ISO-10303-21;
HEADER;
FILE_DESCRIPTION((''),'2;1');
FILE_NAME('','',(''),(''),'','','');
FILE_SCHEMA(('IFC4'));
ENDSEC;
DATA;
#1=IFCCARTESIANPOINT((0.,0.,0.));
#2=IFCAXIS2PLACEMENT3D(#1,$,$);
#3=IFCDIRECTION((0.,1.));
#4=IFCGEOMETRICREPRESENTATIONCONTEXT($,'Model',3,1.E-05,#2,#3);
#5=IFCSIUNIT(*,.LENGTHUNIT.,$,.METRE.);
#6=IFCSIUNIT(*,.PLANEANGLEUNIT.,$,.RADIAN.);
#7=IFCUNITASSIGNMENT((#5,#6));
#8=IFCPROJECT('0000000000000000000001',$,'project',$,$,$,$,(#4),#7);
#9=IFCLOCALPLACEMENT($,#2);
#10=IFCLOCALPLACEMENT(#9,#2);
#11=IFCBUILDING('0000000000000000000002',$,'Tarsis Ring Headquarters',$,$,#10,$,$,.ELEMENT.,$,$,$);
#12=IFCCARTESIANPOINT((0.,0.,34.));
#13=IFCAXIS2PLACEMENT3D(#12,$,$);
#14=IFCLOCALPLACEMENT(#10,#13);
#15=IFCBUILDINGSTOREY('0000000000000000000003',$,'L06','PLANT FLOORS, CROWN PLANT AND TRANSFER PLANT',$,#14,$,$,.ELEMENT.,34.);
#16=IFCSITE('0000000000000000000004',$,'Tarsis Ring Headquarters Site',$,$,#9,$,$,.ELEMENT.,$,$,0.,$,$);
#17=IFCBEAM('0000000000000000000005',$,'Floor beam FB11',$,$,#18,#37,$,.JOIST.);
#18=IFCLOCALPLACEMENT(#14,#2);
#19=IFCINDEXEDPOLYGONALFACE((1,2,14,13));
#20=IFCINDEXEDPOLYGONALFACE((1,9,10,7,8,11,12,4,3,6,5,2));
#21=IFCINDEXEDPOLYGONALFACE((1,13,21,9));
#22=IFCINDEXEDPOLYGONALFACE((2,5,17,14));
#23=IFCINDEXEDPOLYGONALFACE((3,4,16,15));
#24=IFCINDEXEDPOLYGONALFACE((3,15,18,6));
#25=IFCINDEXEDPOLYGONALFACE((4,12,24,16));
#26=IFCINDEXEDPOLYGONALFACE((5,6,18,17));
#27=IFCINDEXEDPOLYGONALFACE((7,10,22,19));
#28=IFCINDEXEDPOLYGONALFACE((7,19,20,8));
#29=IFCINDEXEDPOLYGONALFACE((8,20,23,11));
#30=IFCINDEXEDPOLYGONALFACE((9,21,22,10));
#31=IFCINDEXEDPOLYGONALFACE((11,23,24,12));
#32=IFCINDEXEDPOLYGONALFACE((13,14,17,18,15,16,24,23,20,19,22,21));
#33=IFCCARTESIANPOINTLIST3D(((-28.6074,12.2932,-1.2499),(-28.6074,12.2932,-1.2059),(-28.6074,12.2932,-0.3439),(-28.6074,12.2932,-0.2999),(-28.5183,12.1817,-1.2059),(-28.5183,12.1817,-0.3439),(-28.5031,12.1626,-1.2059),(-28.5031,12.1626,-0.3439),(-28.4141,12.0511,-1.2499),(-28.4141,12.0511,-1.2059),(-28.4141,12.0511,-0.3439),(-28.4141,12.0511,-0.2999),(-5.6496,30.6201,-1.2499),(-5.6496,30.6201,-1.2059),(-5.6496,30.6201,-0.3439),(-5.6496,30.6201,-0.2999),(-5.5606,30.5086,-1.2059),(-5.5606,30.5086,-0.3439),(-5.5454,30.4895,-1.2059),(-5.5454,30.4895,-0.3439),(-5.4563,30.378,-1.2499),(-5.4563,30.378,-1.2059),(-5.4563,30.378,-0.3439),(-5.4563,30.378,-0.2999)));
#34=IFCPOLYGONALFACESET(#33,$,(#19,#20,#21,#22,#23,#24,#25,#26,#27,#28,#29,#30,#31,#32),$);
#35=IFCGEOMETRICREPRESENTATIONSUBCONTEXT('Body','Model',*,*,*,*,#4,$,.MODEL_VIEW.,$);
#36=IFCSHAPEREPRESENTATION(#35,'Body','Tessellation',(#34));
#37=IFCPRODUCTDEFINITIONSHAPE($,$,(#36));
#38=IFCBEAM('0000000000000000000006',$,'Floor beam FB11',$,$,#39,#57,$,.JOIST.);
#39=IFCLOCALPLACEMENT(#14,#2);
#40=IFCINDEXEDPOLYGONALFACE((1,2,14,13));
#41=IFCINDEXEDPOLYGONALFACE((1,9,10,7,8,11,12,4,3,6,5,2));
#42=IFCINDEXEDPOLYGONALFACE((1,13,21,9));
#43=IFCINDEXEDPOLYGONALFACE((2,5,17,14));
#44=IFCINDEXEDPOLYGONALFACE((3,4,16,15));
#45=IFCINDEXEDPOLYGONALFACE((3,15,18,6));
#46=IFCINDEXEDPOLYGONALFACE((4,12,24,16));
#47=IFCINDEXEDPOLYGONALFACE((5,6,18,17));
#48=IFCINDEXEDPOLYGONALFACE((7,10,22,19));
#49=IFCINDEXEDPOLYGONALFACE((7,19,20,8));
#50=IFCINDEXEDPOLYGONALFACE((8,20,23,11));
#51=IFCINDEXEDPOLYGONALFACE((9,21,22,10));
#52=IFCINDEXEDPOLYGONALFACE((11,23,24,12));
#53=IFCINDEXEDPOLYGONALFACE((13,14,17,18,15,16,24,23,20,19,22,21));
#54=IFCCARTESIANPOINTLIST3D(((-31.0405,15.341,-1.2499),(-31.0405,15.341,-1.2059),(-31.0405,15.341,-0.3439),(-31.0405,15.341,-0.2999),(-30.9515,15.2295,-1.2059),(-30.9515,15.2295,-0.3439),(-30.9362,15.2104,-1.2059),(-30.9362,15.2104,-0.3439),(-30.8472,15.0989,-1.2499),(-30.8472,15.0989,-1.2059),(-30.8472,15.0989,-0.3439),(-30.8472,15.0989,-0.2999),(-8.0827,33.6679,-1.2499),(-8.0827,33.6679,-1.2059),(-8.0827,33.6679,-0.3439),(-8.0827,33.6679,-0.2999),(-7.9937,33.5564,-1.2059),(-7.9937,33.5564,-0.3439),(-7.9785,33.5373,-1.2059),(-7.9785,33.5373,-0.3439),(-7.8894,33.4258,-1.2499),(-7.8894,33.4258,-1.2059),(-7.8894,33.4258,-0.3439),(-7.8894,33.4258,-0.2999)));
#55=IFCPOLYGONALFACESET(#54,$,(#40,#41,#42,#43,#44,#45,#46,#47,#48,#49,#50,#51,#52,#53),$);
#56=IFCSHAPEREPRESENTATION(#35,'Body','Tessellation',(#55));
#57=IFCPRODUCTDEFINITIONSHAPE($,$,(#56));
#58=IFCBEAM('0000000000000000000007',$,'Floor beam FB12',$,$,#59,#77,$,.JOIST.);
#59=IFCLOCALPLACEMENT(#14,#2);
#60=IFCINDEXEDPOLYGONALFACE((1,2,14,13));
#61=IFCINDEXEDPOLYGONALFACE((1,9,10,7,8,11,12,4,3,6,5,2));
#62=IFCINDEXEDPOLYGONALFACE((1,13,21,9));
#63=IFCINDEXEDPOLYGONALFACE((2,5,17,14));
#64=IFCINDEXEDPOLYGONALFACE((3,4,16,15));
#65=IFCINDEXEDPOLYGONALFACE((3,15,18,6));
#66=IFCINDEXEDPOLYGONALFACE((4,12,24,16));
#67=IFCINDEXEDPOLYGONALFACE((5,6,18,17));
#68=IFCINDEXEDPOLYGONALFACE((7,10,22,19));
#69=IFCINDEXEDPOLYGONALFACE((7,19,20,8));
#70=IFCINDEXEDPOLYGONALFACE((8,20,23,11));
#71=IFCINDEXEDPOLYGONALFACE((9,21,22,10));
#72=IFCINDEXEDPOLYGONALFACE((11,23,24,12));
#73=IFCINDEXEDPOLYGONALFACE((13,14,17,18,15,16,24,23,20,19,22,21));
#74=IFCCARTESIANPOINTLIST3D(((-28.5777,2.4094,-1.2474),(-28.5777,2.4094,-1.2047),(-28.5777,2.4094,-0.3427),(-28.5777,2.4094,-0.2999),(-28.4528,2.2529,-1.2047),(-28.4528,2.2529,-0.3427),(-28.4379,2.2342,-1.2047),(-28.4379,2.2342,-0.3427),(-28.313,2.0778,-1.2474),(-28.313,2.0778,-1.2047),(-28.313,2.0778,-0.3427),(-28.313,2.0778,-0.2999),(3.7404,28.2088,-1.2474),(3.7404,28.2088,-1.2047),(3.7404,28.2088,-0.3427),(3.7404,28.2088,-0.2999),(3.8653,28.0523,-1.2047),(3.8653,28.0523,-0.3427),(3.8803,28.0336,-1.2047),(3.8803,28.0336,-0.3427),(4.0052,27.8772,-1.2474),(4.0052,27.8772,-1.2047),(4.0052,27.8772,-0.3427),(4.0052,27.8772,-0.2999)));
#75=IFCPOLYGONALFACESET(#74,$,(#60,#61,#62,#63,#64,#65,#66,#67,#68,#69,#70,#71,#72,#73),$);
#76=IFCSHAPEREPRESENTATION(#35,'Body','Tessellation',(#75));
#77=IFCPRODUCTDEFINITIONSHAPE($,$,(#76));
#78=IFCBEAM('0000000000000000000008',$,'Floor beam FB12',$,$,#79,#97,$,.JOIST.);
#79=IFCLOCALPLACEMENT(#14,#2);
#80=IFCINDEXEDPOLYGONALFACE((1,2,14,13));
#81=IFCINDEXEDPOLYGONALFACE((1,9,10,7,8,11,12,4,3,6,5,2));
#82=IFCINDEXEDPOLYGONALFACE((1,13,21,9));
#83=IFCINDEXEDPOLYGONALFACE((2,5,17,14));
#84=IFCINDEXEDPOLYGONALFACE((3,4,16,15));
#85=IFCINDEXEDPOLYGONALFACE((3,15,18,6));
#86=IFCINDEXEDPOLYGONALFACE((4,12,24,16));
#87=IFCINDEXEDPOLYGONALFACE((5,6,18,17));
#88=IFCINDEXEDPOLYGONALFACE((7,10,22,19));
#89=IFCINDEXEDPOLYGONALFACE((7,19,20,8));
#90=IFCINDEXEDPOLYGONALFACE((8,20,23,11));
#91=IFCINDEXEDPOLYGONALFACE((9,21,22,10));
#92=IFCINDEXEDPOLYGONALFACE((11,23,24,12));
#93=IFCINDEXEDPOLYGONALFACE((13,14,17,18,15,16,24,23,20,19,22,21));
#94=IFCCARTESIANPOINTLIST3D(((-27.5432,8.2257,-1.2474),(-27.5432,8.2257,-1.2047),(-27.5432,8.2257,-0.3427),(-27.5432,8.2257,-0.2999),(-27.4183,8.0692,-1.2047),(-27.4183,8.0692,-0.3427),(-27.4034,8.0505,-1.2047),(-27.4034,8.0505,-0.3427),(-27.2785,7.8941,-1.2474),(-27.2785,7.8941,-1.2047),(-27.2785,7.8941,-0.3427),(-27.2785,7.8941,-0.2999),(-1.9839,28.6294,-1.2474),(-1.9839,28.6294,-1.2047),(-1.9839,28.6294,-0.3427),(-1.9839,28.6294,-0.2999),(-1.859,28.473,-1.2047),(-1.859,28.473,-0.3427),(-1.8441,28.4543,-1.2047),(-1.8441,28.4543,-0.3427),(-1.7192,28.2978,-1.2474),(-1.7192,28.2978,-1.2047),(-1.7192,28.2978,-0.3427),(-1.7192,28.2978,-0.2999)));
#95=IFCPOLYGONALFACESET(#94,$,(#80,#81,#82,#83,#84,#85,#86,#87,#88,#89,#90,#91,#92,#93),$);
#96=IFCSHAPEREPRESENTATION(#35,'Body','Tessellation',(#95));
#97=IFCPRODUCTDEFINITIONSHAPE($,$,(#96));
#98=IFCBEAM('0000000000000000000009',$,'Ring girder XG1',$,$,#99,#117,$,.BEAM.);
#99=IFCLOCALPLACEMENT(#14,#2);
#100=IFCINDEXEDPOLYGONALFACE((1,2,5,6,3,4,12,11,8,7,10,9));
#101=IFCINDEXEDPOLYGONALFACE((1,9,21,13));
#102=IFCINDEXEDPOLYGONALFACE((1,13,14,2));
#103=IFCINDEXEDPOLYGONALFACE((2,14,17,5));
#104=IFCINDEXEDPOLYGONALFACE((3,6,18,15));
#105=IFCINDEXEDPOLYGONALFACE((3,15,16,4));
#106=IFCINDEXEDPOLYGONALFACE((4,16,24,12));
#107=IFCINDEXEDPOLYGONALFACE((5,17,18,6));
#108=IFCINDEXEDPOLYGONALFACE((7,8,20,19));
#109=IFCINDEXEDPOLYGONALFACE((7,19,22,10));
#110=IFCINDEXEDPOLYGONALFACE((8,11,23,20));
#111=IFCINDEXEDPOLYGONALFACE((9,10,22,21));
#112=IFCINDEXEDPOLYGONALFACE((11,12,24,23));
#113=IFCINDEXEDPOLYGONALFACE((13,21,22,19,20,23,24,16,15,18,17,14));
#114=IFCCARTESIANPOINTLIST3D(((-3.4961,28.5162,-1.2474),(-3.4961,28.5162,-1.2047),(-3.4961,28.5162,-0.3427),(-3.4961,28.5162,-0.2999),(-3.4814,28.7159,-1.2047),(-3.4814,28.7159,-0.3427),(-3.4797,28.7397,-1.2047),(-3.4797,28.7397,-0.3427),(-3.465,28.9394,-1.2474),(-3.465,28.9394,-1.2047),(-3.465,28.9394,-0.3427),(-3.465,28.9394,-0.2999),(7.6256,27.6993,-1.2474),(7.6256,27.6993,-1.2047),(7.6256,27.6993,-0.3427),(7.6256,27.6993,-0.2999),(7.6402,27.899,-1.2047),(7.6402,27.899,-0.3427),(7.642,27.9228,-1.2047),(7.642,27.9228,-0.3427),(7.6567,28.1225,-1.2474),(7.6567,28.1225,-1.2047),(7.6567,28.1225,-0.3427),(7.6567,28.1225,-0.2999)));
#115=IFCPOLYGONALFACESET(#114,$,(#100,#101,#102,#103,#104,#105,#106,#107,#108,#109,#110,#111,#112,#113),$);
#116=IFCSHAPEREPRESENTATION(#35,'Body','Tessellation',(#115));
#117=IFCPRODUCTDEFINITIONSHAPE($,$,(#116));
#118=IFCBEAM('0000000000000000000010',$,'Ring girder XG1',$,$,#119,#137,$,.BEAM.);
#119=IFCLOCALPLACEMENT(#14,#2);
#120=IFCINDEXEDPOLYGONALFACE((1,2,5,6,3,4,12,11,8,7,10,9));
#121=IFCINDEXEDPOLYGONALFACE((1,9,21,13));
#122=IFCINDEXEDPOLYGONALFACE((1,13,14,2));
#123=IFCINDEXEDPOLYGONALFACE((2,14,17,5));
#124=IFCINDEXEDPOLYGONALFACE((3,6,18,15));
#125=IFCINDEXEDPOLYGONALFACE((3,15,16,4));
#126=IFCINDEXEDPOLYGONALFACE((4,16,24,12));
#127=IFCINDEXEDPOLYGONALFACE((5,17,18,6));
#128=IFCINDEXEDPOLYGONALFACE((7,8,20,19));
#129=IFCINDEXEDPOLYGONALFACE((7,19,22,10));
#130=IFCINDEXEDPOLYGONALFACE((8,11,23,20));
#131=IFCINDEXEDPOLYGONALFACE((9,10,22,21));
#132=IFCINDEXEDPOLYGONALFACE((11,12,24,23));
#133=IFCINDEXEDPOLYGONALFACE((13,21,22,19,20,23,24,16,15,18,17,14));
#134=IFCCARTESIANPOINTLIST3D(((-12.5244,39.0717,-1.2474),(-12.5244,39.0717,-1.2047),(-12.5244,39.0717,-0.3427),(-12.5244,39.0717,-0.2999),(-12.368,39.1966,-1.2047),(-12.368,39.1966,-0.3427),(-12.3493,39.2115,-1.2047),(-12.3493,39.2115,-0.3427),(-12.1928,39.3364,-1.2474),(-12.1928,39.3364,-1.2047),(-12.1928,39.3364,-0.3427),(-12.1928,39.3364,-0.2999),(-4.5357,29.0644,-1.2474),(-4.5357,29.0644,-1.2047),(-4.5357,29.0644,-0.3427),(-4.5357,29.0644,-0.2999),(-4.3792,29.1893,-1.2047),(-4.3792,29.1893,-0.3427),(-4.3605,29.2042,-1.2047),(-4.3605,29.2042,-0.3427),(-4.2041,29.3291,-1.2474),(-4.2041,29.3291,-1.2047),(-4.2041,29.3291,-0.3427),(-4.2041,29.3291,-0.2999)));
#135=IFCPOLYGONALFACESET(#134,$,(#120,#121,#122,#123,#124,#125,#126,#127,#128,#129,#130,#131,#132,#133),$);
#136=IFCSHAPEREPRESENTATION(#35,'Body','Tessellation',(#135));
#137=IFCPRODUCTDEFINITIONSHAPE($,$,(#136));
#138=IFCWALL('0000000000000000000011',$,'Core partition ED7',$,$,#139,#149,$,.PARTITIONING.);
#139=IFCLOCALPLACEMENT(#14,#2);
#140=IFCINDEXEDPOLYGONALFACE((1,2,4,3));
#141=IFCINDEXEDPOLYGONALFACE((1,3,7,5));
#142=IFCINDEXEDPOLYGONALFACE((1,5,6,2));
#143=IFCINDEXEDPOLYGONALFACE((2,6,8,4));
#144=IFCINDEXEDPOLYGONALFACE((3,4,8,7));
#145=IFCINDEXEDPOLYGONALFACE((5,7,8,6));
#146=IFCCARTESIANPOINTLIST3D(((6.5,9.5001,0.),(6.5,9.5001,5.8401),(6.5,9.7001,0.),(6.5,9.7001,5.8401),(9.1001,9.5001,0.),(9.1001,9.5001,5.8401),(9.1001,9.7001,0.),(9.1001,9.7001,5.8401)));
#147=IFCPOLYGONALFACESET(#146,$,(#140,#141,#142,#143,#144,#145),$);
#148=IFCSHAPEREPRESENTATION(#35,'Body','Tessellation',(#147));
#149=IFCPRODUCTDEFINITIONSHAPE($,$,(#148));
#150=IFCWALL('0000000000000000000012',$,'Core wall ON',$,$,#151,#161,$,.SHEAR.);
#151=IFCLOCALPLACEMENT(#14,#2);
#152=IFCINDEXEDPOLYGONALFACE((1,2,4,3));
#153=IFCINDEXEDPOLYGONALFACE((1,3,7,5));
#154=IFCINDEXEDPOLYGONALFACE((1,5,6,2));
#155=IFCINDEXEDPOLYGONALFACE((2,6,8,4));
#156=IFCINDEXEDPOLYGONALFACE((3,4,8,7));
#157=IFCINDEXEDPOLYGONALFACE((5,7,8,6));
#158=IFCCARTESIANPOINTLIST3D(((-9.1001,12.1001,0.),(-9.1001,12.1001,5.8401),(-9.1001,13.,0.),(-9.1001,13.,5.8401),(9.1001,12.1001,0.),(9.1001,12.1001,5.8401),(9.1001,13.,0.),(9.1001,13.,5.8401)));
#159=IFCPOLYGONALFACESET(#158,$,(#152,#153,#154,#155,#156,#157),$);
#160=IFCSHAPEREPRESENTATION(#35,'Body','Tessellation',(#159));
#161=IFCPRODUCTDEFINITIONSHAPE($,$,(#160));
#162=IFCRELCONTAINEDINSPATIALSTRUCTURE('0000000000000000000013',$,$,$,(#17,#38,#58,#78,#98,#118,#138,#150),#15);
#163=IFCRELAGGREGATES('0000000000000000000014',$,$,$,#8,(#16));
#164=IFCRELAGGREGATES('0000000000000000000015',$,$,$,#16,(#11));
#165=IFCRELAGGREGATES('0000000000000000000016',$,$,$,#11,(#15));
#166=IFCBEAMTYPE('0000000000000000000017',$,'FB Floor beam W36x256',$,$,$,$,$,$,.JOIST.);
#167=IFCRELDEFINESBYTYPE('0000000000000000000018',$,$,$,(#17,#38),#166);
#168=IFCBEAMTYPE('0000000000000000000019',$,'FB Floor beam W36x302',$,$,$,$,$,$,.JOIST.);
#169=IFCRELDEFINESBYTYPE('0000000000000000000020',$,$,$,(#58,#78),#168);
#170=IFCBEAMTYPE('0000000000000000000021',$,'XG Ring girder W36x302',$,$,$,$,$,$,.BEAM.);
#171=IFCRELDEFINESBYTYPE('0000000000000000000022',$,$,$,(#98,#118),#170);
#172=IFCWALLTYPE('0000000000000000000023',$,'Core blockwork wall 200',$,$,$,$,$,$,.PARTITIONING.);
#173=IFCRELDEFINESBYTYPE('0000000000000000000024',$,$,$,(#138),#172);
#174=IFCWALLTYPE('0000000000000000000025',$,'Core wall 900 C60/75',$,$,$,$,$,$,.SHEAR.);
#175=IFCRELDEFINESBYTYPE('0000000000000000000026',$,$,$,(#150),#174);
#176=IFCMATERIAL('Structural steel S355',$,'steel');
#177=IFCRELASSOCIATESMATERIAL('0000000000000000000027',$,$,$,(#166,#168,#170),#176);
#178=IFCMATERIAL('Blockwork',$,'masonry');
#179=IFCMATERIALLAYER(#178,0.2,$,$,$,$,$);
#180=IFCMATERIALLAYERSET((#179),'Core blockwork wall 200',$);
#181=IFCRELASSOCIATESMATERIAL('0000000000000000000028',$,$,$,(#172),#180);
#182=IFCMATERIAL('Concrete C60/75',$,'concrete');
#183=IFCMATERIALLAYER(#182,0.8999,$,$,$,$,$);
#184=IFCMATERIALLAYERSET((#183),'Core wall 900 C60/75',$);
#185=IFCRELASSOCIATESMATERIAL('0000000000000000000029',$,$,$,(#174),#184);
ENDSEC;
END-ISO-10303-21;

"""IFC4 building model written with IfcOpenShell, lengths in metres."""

from ifc_helpers import new_model, si_unit, direction, frame, frame_2d, origin, origin_2d, place, context, subcontext, project, spatial, rectangle, i_section, extrude, material, layer, layer_set, material_profile, profile_set, type_object, element, save


model = new_model("IFC4")

# Units and contexts
model_context = context("Model", 3, precision=1e-05, world=origin(), true_north=direction((0.0, 1.0)))
body_context = subcontext(model_context, "Body", "Model", "MODEL_VIEW")
ifc_project = project(units=[si_unit("LENGTHUNIT", "METRE"), si_unit("PLANEANGLEUNIT", "RADIAN")], contexts=[model_context])

# Site, building, storey
site_placement = place(None, origin())
site = spatial("IfcSite", under=ifc_project, at=site_placement, Name="Tarsis Ring Headquarters Site", CompositionType="ELEMENT", RefElevation=0.0)
building_placement = place(site_placement, origin())
building = spatial("IfcBuilding", under=site, at=building_placement, Name="Tarsis Ring Headquarters", CompositionType="ELEMENT")
storey_placement = place(building_placement, frame((0.0, 0.0, 34.0)))
storey = spatial("IfcBuildingStorey", under=building, at=storey_placement, Name="L06", Description="PLANT FLOORS, CROWN PLANT AND TRANSFER PLANT", CompositionType="ELEMENT", Elevation=34.0)

# Beams
ifc_material_1 = material(Name="Structural steel S355", Category="steel")
ifc_material_profile_1 = material_profile(ifc_material_1, i_section(OverallWidth=0.3098, OverallDepth=0.95, WebThickness=0.0244, FlangeThickness=0.0439, at=origin_2d()), Name="W36x256")
ifc_profile_set_1 = profile_set([ifc_material_profile_1], Name="Structural steel S355")
beam_type_1 = type_object("IfcBeamType", Name="FB Floor beam W36x256", PredefinedType="JOIST", material=ifc_profile_set_1)
for number, where, z_axis, x_axis, name in (
    (1, (-5.553, 30.499, -0.7749), (-0.781521, -0.623879, 0.0), (0.623879, -0.781521, 0.0), "Floor beam FB11"),
    (2, (-7.9861, 33.5469, -0.7749), (-0.781521, -0.623879, 0.0), (0.623879, -0.781521, 0.0), "Floor beam FB11"),
):
    element("IfcBeam", number, at=place(storey_placement, frame(where, z_axis=z_axis, x_axis=x_axis)), inside=storey, type_object=beam_type_1, Name=name, PredefinedType="JOIST", context=body_context, shape_type="SweptSolid", body=[
        extrude(i_section(OverallWidth=0.3098, OverallDepth=0.95, WebThickness=0.0244, FlangeThickness=0.0439, at=origin_2d()), origin(), (0.0, 0.0, 1.0), 29.3757),
    ])
ifc_material_profile_2 = material_profile(ifc_material_1, i_section(OverallWidth=0.4243, OverallDepth=0.9475, WebThickness=0.0239, FlangeThickness=0.0427, at=origin_2d()), Name="W36x302")
ifc_profile_set_2 = profile_set([ifc_material_profile_2], Name="Structural steel S355")
beam_type_2 = type_object("IfcBeamType", Name="FB Floor beam W36x302", PredefinedType="JOIST", material=ifc_profile_set_2)
beam_1_placement = place(storey_placement, frame((3.8728, 28.043, -0.7737), z_axis=(-0.781519, -0.623881, 0.0), x_axis=(0.623881, -0.781519, 0.0)))
element("IfcBeam", 3, at=beam_1_placement, inside=storey, type_object=beam_type_2, Name="Floor beam FB12", PredefinedType="JOIST", context=body_context, shape_type="SweptSolid", body=[
    extrude(i_section(OverallWidth=0.4243, OverallDepth=0.9475, WebThickness=0.0239, FlangeThickness=0.0427, at=origin_2d()), origin(), (0.0, 0.0, 1.0), 41.353),
])
beam_2_placement = place(storey_placement, frame((-1.8516, 28.4636, -0.7737), z_axis=(-0.781519, -0.623881, 0.0), x_axis=(0.623881, -0.781519, 0.0)))
element("IfcBeam", 4, at=beam_2_placement, inside=storey, type_object=beam_type_2, Name="Floor beam FB12", PredefinedType="JOIST", context=body_context, shape_type="SweptSolid", body=[
    extrude(i_section(OverallWidth=0.4243, OverallDepth=0.9475, WebThickness=0.0239, FlangeThickness=0.0427, at=origin_2d()), origin(), (0.0, 0.0, 1.0), 32.7046),
])
beam_type_3 = type_object("IfcBeamType", Name="XG Ring girder W36x302", PredefinedType="BEAM", material=ifc_profile_set_2)
beam_3_placement = place(storey_placement, frame((7.6411, 27.9109, -0.7737), z_axis=(-0.997313, 0.073254, 0.0), x_axis=(-0.073254, -0.997313, 0.0)))
element("IfcBeam", 5, at=beam_3_placement, inside=storey, type_object=beam_type_3, Name="Ring girder XG1", PredefinedType="BEAM", context=body_context, shape_type="SweptSolid", body=[
    extrude(i_section(OverallWidth=0.4243, OverallDepth=0.9475, WebThickness=0.0239, FlangeThickness=0.0427, at=origin_2d()), origin(), (0.0, 0.0, 1.0), 11.1516),
])
beam_4_placement = place(storey_placement, frame((-4.3699, 29.1968, -0.7737), z_axis=(-0.623881, 0.781519, 0.0), x_axis=(-0.781519, -0.623881, 0.0)))
element("IfcBeam", 6, at=beam_4_placement, inside=storey, type_object=beam_type_3, Name="Ring girder XG1", PredefinedType="BEAM", context=body_context, shape_type="SweptSolid", body=[
    extrude(i_section(OverallWidth=0.4243, OverallDepth=0.9475, WebThickness=0.0239, FlangeThickness=0.0427, at=origin_2d()), origin(), (0.0, 0.0, 1.0), 12.8049),
])

# Walls
ifc_material_2 = material(Name="Blockwork", Category="masonry")
ifc_layer_1 = layer(ifc_material_2, 0.2)
ifc_layer_set_1 = layer_set([ifc_layer_1], Name="Core blockwork wall 200")
wall_type_1 = type_object("IfcWallType", Name="Core blockwork wall 200", PredefinedType="PARTITIONING", material=ifc_layer_set_1)
wall_1_placement = place(storey_placement, frame((6.5, 9.6001, 0.0), z_axis=(0.0, 0.0, 1.0), x_axis=(1.0, 0.0, 0.0)))
element("IfcWall", 7, at=wall_1_placement, inside=storey, type_object=wall_type_1, Name="Core partition ED7", PredefinedType="PARTITIONING", context=body_context, shape_type="SweptSolid", body=[
    extrude(rectangle(XDim=2.6001, YDim=0.2, at=frame_2d((1.3, 0.0))), origin(), (0.0, 0.0, 1.0), 5.8401),
])
ifc_material_3 = material(Name="Concrete C60/75", Category="concrete")
ifc_layer_2 = layer(ifc_material_3, 0.8999)
ifc_layer_set_2 = layer_set([ifc_layer_2], Name="Core wall 900 C60/75")
wall_type_2 = type_object("IfcWallType", Name="Core wall 900 C60/75", PredefinedType="SHEAR", material=ifc_layer_set_2)
wall_2_placement = place(storey_placement, frame((-9.1001, 12.55, 0.0), z_axis=(0.0, 0.0, 1.0), x_axis=(1.0, 0.0, 0.0)))
element("IfcWall", 8, at=wall_2_placement, inside=storey, type_object=wall_type_2, Name="Core wall ON", PredefinedType="SHEAR", context=body_context, shape_type="SweptSolid", body=[
    extrude(rectangle(XDim=18.2002, YDim=0.8999, at=frame_2d((9.1001, 0.0))), origin(), (0.0, 0.0, 1.0), 5.8401),
])

save(model, "model.ifc")
